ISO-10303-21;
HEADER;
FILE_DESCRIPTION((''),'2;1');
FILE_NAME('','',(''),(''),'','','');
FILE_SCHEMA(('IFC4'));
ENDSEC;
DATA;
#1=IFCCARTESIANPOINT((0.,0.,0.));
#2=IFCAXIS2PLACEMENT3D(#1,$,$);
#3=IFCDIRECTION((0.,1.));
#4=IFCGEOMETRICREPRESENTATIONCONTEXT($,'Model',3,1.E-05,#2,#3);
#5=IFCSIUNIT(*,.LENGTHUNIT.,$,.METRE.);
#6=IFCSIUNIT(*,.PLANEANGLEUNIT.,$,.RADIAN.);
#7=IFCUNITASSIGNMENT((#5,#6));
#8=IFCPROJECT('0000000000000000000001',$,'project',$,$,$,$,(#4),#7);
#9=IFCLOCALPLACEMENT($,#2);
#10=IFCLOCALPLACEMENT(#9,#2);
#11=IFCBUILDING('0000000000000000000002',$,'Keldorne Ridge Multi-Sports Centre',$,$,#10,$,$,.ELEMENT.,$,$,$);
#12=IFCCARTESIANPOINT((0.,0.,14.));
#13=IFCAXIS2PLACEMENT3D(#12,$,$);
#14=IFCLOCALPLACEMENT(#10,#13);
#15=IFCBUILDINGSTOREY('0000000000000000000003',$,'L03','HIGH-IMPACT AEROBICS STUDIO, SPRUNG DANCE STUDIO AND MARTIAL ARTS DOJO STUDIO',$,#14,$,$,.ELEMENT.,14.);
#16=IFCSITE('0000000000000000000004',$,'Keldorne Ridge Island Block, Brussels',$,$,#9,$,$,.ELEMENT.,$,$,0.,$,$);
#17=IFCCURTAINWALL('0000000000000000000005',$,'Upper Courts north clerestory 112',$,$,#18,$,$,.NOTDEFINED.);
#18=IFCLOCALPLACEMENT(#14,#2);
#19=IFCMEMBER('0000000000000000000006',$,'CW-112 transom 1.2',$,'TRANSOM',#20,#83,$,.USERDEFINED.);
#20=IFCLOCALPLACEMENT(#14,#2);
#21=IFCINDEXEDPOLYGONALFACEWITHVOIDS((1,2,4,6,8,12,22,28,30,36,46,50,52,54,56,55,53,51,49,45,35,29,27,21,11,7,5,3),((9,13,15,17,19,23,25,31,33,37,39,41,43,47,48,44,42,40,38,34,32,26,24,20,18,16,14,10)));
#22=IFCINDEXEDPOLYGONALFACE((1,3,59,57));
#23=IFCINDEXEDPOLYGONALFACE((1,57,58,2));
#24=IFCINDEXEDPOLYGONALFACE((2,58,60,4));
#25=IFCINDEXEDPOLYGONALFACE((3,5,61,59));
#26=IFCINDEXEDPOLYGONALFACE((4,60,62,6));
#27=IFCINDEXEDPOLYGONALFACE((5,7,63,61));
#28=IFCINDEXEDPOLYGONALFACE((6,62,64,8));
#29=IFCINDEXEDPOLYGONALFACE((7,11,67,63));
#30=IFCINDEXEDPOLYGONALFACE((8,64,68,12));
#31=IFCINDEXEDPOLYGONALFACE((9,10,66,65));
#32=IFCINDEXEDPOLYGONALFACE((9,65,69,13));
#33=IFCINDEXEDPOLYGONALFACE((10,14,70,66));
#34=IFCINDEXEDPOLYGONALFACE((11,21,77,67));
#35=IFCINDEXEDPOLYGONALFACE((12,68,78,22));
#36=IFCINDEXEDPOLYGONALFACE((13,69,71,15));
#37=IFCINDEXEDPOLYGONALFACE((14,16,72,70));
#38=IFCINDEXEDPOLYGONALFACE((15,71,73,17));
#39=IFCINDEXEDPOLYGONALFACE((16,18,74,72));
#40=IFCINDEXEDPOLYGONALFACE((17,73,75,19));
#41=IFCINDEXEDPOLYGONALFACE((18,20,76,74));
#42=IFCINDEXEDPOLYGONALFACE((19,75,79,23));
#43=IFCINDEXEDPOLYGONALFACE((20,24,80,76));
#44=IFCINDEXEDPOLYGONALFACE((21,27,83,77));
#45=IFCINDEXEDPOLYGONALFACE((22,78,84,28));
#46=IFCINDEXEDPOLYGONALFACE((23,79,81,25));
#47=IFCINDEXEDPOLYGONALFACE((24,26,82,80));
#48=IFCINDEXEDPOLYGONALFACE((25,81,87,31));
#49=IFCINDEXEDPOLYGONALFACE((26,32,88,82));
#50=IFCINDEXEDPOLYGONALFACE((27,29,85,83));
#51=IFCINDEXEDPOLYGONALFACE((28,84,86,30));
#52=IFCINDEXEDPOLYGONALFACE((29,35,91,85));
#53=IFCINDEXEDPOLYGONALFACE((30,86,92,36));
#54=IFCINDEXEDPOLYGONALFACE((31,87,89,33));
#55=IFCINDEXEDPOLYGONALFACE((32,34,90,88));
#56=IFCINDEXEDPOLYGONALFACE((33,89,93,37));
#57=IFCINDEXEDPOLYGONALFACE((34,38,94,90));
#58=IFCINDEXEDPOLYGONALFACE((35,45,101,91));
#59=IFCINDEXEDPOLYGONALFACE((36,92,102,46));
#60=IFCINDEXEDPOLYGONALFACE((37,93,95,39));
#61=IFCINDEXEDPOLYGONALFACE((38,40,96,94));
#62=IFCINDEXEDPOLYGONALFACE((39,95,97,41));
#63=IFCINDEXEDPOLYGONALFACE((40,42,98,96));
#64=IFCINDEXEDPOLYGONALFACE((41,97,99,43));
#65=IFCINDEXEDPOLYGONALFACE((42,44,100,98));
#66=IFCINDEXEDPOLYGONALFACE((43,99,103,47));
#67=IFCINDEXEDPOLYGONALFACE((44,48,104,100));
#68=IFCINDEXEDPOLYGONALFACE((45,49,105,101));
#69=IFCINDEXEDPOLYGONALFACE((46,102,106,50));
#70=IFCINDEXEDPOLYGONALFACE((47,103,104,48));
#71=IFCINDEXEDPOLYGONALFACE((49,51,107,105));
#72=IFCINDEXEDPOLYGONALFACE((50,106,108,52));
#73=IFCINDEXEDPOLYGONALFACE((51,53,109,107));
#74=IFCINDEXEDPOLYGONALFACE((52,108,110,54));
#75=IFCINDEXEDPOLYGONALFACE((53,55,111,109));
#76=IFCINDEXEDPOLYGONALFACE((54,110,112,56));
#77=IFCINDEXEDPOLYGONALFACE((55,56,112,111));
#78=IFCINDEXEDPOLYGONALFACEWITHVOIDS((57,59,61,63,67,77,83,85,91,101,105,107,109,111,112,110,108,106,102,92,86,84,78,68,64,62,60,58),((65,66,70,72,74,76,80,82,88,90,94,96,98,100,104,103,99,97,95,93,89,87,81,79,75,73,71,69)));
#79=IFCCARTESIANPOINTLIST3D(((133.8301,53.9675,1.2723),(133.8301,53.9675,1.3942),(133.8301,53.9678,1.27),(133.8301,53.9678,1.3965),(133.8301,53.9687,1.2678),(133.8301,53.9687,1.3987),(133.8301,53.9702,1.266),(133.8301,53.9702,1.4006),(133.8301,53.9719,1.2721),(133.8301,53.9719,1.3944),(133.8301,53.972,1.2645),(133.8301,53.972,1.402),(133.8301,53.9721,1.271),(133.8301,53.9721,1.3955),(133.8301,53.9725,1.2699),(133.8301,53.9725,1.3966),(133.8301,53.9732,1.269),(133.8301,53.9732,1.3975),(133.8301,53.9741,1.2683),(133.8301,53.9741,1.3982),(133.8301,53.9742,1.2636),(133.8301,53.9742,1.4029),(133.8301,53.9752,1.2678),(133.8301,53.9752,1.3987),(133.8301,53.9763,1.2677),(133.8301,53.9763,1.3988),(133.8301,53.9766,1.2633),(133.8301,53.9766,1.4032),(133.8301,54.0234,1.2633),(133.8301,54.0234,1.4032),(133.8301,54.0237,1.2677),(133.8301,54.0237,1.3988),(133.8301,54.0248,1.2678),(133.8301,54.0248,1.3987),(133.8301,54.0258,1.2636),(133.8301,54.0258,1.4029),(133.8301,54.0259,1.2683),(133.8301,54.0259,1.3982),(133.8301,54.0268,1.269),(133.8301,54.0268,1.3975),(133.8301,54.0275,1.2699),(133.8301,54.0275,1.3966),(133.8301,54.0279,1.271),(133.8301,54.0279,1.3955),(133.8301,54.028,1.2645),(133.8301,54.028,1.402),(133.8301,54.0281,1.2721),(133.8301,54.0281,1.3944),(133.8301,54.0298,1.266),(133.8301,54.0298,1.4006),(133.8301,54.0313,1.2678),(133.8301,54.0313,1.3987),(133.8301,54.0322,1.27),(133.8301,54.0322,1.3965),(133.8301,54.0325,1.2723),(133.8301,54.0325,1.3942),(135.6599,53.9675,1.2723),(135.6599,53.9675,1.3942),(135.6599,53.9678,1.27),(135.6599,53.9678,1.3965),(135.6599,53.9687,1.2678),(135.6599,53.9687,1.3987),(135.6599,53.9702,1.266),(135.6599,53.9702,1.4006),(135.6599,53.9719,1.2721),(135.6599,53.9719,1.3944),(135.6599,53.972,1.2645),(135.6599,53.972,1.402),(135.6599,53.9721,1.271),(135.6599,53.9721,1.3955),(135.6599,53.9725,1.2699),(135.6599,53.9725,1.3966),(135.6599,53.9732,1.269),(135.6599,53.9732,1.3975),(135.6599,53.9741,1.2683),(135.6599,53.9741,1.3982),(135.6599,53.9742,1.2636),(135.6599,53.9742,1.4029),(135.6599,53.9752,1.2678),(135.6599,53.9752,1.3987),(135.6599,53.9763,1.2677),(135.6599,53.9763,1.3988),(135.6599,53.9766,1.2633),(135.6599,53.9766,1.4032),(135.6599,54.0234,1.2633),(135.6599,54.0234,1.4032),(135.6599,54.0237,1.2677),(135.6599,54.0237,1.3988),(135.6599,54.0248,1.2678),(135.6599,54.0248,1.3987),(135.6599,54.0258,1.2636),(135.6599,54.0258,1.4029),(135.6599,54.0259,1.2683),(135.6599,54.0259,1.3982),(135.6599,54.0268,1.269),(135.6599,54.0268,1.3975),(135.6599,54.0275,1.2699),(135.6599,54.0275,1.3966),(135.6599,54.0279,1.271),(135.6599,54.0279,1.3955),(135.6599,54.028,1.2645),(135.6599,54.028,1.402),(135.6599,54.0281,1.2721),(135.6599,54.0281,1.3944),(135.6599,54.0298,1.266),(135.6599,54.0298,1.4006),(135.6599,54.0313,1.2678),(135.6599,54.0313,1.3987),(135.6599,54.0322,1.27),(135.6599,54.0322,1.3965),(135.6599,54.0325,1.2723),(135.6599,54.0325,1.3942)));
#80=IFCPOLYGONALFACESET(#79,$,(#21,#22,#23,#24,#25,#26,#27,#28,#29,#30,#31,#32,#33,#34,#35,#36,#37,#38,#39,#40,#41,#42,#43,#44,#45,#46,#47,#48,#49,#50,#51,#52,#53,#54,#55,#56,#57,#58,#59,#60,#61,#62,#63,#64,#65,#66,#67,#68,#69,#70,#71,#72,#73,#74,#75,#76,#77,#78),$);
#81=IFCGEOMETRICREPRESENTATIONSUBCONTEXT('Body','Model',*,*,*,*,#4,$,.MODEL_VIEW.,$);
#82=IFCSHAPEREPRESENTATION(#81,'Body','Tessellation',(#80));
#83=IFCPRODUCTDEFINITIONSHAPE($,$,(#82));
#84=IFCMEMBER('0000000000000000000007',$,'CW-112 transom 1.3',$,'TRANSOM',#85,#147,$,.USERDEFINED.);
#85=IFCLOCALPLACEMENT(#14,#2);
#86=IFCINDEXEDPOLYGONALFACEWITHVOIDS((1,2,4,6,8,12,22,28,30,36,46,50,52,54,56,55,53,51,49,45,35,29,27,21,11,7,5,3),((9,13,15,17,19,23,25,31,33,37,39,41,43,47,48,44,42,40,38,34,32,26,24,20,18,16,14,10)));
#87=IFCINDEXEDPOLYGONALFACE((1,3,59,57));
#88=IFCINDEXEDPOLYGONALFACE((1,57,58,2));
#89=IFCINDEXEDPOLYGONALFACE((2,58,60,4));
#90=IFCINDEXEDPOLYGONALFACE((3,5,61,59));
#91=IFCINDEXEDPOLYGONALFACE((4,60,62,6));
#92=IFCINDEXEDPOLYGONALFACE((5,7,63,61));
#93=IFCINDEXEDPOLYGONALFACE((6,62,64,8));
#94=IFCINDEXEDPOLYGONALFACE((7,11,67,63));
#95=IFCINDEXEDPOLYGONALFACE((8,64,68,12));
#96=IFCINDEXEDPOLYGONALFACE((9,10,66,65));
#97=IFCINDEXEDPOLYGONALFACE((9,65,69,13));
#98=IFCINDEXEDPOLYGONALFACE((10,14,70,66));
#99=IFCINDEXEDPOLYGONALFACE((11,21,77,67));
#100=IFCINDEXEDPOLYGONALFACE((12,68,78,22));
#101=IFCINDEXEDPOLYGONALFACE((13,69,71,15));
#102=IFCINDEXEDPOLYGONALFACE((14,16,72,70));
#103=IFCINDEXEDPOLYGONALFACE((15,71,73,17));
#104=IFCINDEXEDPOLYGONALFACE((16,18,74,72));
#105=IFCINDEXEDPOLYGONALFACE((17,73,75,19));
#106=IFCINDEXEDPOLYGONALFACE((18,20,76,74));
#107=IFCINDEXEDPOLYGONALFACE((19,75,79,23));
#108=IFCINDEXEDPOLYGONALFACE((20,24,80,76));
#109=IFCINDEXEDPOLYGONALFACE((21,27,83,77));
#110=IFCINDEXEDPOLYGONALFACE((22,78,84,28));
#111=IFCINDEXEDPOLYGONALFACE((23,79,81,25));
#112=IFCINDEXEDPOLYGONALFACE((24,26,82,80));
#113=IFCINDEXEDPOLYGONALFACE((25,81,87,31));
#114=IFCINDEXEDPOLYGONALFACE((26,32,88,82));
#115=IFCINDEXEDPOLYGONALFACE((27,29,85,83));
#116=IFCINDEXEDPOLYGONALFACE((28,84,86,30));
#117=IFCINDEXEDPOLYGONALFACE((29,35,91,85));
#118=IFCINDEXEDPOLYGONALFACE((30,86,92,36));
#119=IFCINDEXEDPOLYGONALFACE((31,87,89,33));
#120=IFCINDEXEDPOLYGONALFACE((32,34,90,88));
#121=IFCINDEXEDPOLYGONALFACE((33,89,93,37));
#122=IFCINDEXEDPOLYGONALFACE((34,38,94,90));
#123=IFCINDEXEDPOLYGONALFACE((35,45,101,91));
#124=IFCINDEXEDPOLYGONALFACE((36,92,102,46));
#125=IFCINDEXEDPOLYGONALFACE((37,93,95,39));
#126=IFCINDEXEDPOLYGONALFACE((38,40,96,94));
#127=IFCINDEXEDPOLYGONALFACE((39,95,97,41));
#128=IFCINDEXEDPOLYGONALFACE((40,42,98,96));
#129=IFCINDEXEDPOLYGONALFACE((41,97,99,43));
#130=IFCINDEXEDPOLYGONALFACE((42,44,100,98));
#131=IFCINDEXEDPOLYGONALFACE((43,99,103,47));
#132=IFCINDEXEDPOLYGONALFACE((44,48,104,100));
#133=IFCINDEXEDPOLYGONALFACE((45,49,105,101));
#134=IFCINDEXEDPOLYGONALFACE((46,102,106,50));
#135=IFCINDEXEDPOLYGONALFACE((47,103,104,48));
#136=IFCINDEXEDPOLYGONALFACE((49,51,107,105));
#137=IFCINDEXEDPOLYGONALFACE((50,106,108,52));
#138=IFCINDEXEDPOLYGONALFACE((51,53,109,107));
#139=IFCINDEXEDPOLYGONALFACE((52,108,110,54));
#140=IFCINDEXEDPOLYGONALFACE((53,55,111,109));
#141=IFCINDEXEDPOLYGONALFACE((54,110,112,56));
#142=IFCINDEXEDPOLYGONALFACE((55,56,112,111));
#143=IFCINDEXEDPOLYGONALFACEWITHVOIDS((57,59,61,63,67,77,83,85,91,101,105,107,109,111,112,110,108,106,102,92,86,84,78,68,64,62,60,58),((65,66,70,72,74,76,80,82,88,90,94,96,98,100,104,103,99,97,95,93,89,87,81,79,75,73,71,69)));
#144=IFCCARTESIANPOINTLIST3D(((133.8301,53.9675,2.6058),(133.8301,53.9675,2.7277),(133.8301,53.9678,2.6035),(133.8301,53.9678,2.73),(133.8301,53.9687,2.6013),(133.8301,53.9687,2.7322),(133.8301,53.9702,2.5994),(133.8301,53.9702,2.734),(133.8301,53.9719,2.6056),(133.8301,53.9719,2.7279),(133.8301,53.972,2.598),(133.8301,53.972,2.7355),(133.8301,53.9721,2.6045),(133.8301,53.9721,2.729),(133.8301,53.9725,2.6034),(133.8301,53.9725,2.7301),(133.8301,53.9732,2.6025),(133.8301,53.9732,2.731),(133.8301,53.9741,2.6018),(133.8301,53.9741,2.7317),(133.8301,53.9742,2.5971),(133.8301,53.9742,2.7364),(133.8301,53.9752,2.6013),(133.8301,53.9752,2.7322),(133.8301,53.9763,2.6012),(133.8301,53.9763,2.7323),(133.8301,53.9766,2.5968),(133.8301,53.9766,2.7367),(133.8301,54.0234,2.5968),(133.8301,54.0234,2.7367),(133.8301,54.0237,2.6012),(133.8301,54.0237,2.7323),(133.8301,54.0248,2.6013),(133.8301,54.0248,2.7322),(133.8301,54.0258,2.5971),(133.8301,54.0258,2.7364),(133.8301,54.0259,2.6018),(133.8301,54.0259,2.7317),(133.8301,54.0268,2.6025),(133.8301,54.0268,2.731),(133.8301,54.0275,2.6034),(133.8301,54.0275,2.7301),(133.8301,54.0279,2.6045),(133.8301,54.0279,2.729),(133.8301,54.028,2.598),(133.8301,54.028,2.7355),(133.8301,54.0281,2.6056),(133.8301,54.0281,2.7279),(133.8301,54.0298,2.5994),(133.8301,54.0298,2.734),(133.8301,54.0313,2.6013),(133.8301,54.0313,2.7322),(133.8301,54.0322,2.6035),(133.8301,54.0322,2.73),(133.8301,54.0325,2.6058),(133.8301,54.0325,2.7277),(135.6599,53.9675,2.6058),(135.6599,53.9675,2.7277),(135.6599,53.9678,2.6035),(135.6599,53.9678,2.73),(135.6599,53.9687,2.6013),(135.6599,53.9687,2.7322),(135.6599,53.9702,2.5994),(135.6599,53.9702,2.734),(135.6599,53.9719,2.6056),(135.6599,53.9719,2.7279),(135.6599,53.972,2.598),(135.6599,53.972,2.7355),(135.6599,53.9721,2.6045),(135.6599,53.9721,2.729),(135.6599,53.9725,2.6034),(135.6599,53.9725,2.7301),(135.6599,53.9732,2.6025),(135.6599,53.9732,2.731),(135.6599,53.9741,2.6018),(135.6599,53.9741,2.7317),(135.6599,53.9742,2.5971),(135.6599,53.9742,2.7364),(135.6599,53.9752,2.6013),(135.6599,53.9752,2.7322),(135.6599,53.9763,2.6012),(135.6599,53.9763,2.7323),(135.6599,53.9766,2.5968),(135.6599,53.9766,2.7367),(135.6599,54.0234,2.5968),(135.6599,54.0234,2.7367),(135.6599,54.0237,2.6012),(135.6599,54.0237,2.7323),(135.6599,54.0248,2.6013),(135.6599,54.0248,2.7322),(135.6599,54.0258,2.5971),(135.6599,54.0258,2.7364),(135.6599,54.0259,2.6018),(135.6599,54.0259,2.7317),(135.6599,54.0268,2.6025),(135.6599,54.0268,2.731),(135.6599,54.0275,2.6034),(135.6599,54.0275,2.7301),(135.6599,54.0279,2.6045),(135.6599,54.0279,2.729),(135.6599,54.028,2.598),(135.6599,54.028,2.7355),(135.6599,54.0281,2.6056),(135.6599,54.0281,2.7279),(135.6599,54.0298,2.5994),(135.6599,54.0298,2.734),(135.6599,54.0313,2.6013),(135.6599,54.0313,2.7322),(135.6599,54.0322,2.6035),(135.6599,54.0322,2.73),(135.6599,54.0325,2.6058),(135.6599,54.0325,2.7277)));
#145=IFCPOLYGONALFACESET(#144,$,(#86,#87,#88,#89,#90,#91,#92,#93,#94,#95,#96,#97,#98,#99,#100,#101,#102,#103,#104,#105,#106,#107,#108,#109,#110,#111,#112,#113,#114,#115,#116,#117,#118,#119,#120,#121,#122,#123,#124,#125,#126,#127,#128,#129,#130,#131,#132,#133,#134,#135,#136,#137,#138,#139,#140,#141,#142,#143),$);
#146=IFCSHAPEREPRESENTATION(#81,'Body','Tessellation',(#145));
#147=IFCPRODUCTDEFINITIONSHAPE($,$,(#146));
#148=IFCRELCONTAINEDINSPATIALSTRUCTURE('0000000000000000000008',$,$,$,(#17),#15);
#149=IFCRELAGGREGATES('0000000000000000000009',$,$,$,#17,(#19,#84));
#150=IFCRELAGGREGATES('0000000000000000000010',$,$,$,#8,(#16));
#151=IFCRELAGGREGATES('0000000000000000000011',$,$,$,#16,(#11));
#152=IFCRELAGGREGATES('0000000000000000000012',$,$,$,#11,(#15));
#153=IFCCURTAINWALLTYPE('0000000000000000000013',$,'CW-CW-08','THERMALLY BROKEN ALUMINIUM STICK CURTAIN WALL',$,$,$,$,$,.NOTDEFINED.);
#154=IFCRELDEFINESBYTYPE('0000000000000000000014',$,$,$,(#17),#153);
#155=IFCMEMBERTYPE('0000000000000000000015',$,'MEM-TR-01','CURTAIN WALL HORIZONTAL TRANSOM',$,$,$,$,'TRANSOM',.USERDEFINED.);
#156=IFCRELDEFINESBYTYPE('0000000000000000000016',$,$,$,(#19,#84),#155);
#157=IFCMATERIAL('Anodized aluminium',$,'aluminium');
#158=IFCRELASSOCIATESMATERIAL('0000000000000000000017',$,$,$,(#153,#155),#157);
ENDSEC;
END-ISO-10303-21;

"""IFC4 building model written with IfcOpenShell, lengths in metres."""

from ifc_helpers import new_model, si_unit, direction, frame, origin, origin_2d, place, context, subcontext, project, spatial, hollow_rectangle, extrude, material, material_profile, profile_set, type_object, element, aggregate, save


model = new_model("IFC4")

# Units and contexts
model_context = context("Model", 3, precision=1e-05, world=origin(), true_north=direction((0.0, 1.0)))
body_context = subcontext(model_context, "Body", "Model", "MODEL_VIEW")
ifc_project = project(units=[si_unit("LENGTHUNIT", "METRE"), si_unit("PLANEANGLEUNIT", "RADIAN")], contexts=[model_context])

# Site, building, storey
site_placement = place(None, origin())
site = spatial("IfcSite", under=ifc_project, at=site_placement, Name="Keldorne Ridge Island Block, Brussels", CompositionType="ELEMENT", RefElevation=0.0)
building_placement = place(site_placement, origin())
building = spatial("IfcBuilding", under=site, at=building_placement, Name="Keldorne Ridge Multi-Sports Centre", CompositionType="ELEMENT")
storey_placement = place(building_placement, frame((0.0, 0.0, 14.0)))
storey = spatial("IfcBuildingStorey", under=building, at=storey_placement, Name="L03", Description="HIGH-IMPACT AEROBICS STUDIO, SPRUNG DANCE STUDIO AND MARTIAL ARTS DOJO STUDIO", CompositionType="ELEMENT", Elevation=14.0)

# Curtain wall
ifc_material_1 = material(Name="Anodized aluminium", Category="aluminium")
curtain_wall_type_1 = type_object("IfcCurtainWallType", Name="CW-CW-08", Description="THERMALLY BROKEN ALUMINIUM STICK CURTAIN WALL", PredefinedType="NOTDEFINED", material=ifc_material_1)
curtain_wall_1_placement = place(storey_placement, origin())
curtain_wall_1 = element("IfcCurtainWall", 1, at=curtain_wall_1_placement, inside=storey, type_object=curtain_wall_type_1, Name="Upper Courts north clerestory 112", PredefinedType="NOTDEFINED")

# Members
ifc_material_profile_1 = material_profile(ifc_material_1, hollow_rectangle(XDim=0.0649, YDim=0.1399, WallThickness=0.0044, InnerFilletRadius=0.0044, OuterFilletRadius=0.009, at=origin_2d()), Name="ALU TRANSOM 140x65x4.5")
ifc_profile_set_1 = profile_set([ifc_material_profile_1], Name="Anodized aluminium")
member_type_1 = type_object("IfcMemberType", Name="MEM-TR-01", Description="CURTAIN WALL HORIZONTAL TRANSOM", ElementType="TRANSOM", PredefinedType="USERDEFINED", material=ifc_profile_set_1)
member_1_placement = place(storey_placement, frame((135.6599, 54.0, 1.3333), z_axis=(-1.0, 0.0, 0.0), x_axis=(0.0, -1.0, 0.0)))
member_1 = element("IfcMember", 2, at=member_1_placement, type_object=member_type_1, Name="CW-112 transom 1.2", ObjectType="TRANSOM", PredefinedType="USERDEFINED", context=body_context, shape_type="SweptSolid", body=[
    extrude(hollow_rectangle(XDim=0.0649, YDim=0.1399, WallThickness=0.0044, InnerFilletRadius=0.0044, OuterFilletRadius=0.009, at=origin_2d()), origin(), (0.0, 0.0, 1.0), 1.8298),
])
member_2_placement = place(storey_placement, frame((135.6599, 54.0, 2.6667), z_axis=(-1.0, 0.0, 0.0), x_axis=(0.0, -1.0, 0.0)))
member_2 = element("IfcMember", 3, at=member_2_placement, type_object=member_type_1, Name="CW-112 transom 1.3", ObjectType="TRANSOM", PredefinedType="USERDEFINED", context=body_context, shape_type="SweptSolid", body=[
    extrude(hollow_rectangle(XDim=0.0649, YDim=0.1399, WallThickness=0.0044, InnerFilletRadius=0.0044, OuterFilletRadius=0.009, at=origin_2d()), origin(), (0.0, 0.0, 1.0), 1.8298),
])

aggregate(curtain_wall_1, [member_1, member_2])

save(model, "model.ifc")
